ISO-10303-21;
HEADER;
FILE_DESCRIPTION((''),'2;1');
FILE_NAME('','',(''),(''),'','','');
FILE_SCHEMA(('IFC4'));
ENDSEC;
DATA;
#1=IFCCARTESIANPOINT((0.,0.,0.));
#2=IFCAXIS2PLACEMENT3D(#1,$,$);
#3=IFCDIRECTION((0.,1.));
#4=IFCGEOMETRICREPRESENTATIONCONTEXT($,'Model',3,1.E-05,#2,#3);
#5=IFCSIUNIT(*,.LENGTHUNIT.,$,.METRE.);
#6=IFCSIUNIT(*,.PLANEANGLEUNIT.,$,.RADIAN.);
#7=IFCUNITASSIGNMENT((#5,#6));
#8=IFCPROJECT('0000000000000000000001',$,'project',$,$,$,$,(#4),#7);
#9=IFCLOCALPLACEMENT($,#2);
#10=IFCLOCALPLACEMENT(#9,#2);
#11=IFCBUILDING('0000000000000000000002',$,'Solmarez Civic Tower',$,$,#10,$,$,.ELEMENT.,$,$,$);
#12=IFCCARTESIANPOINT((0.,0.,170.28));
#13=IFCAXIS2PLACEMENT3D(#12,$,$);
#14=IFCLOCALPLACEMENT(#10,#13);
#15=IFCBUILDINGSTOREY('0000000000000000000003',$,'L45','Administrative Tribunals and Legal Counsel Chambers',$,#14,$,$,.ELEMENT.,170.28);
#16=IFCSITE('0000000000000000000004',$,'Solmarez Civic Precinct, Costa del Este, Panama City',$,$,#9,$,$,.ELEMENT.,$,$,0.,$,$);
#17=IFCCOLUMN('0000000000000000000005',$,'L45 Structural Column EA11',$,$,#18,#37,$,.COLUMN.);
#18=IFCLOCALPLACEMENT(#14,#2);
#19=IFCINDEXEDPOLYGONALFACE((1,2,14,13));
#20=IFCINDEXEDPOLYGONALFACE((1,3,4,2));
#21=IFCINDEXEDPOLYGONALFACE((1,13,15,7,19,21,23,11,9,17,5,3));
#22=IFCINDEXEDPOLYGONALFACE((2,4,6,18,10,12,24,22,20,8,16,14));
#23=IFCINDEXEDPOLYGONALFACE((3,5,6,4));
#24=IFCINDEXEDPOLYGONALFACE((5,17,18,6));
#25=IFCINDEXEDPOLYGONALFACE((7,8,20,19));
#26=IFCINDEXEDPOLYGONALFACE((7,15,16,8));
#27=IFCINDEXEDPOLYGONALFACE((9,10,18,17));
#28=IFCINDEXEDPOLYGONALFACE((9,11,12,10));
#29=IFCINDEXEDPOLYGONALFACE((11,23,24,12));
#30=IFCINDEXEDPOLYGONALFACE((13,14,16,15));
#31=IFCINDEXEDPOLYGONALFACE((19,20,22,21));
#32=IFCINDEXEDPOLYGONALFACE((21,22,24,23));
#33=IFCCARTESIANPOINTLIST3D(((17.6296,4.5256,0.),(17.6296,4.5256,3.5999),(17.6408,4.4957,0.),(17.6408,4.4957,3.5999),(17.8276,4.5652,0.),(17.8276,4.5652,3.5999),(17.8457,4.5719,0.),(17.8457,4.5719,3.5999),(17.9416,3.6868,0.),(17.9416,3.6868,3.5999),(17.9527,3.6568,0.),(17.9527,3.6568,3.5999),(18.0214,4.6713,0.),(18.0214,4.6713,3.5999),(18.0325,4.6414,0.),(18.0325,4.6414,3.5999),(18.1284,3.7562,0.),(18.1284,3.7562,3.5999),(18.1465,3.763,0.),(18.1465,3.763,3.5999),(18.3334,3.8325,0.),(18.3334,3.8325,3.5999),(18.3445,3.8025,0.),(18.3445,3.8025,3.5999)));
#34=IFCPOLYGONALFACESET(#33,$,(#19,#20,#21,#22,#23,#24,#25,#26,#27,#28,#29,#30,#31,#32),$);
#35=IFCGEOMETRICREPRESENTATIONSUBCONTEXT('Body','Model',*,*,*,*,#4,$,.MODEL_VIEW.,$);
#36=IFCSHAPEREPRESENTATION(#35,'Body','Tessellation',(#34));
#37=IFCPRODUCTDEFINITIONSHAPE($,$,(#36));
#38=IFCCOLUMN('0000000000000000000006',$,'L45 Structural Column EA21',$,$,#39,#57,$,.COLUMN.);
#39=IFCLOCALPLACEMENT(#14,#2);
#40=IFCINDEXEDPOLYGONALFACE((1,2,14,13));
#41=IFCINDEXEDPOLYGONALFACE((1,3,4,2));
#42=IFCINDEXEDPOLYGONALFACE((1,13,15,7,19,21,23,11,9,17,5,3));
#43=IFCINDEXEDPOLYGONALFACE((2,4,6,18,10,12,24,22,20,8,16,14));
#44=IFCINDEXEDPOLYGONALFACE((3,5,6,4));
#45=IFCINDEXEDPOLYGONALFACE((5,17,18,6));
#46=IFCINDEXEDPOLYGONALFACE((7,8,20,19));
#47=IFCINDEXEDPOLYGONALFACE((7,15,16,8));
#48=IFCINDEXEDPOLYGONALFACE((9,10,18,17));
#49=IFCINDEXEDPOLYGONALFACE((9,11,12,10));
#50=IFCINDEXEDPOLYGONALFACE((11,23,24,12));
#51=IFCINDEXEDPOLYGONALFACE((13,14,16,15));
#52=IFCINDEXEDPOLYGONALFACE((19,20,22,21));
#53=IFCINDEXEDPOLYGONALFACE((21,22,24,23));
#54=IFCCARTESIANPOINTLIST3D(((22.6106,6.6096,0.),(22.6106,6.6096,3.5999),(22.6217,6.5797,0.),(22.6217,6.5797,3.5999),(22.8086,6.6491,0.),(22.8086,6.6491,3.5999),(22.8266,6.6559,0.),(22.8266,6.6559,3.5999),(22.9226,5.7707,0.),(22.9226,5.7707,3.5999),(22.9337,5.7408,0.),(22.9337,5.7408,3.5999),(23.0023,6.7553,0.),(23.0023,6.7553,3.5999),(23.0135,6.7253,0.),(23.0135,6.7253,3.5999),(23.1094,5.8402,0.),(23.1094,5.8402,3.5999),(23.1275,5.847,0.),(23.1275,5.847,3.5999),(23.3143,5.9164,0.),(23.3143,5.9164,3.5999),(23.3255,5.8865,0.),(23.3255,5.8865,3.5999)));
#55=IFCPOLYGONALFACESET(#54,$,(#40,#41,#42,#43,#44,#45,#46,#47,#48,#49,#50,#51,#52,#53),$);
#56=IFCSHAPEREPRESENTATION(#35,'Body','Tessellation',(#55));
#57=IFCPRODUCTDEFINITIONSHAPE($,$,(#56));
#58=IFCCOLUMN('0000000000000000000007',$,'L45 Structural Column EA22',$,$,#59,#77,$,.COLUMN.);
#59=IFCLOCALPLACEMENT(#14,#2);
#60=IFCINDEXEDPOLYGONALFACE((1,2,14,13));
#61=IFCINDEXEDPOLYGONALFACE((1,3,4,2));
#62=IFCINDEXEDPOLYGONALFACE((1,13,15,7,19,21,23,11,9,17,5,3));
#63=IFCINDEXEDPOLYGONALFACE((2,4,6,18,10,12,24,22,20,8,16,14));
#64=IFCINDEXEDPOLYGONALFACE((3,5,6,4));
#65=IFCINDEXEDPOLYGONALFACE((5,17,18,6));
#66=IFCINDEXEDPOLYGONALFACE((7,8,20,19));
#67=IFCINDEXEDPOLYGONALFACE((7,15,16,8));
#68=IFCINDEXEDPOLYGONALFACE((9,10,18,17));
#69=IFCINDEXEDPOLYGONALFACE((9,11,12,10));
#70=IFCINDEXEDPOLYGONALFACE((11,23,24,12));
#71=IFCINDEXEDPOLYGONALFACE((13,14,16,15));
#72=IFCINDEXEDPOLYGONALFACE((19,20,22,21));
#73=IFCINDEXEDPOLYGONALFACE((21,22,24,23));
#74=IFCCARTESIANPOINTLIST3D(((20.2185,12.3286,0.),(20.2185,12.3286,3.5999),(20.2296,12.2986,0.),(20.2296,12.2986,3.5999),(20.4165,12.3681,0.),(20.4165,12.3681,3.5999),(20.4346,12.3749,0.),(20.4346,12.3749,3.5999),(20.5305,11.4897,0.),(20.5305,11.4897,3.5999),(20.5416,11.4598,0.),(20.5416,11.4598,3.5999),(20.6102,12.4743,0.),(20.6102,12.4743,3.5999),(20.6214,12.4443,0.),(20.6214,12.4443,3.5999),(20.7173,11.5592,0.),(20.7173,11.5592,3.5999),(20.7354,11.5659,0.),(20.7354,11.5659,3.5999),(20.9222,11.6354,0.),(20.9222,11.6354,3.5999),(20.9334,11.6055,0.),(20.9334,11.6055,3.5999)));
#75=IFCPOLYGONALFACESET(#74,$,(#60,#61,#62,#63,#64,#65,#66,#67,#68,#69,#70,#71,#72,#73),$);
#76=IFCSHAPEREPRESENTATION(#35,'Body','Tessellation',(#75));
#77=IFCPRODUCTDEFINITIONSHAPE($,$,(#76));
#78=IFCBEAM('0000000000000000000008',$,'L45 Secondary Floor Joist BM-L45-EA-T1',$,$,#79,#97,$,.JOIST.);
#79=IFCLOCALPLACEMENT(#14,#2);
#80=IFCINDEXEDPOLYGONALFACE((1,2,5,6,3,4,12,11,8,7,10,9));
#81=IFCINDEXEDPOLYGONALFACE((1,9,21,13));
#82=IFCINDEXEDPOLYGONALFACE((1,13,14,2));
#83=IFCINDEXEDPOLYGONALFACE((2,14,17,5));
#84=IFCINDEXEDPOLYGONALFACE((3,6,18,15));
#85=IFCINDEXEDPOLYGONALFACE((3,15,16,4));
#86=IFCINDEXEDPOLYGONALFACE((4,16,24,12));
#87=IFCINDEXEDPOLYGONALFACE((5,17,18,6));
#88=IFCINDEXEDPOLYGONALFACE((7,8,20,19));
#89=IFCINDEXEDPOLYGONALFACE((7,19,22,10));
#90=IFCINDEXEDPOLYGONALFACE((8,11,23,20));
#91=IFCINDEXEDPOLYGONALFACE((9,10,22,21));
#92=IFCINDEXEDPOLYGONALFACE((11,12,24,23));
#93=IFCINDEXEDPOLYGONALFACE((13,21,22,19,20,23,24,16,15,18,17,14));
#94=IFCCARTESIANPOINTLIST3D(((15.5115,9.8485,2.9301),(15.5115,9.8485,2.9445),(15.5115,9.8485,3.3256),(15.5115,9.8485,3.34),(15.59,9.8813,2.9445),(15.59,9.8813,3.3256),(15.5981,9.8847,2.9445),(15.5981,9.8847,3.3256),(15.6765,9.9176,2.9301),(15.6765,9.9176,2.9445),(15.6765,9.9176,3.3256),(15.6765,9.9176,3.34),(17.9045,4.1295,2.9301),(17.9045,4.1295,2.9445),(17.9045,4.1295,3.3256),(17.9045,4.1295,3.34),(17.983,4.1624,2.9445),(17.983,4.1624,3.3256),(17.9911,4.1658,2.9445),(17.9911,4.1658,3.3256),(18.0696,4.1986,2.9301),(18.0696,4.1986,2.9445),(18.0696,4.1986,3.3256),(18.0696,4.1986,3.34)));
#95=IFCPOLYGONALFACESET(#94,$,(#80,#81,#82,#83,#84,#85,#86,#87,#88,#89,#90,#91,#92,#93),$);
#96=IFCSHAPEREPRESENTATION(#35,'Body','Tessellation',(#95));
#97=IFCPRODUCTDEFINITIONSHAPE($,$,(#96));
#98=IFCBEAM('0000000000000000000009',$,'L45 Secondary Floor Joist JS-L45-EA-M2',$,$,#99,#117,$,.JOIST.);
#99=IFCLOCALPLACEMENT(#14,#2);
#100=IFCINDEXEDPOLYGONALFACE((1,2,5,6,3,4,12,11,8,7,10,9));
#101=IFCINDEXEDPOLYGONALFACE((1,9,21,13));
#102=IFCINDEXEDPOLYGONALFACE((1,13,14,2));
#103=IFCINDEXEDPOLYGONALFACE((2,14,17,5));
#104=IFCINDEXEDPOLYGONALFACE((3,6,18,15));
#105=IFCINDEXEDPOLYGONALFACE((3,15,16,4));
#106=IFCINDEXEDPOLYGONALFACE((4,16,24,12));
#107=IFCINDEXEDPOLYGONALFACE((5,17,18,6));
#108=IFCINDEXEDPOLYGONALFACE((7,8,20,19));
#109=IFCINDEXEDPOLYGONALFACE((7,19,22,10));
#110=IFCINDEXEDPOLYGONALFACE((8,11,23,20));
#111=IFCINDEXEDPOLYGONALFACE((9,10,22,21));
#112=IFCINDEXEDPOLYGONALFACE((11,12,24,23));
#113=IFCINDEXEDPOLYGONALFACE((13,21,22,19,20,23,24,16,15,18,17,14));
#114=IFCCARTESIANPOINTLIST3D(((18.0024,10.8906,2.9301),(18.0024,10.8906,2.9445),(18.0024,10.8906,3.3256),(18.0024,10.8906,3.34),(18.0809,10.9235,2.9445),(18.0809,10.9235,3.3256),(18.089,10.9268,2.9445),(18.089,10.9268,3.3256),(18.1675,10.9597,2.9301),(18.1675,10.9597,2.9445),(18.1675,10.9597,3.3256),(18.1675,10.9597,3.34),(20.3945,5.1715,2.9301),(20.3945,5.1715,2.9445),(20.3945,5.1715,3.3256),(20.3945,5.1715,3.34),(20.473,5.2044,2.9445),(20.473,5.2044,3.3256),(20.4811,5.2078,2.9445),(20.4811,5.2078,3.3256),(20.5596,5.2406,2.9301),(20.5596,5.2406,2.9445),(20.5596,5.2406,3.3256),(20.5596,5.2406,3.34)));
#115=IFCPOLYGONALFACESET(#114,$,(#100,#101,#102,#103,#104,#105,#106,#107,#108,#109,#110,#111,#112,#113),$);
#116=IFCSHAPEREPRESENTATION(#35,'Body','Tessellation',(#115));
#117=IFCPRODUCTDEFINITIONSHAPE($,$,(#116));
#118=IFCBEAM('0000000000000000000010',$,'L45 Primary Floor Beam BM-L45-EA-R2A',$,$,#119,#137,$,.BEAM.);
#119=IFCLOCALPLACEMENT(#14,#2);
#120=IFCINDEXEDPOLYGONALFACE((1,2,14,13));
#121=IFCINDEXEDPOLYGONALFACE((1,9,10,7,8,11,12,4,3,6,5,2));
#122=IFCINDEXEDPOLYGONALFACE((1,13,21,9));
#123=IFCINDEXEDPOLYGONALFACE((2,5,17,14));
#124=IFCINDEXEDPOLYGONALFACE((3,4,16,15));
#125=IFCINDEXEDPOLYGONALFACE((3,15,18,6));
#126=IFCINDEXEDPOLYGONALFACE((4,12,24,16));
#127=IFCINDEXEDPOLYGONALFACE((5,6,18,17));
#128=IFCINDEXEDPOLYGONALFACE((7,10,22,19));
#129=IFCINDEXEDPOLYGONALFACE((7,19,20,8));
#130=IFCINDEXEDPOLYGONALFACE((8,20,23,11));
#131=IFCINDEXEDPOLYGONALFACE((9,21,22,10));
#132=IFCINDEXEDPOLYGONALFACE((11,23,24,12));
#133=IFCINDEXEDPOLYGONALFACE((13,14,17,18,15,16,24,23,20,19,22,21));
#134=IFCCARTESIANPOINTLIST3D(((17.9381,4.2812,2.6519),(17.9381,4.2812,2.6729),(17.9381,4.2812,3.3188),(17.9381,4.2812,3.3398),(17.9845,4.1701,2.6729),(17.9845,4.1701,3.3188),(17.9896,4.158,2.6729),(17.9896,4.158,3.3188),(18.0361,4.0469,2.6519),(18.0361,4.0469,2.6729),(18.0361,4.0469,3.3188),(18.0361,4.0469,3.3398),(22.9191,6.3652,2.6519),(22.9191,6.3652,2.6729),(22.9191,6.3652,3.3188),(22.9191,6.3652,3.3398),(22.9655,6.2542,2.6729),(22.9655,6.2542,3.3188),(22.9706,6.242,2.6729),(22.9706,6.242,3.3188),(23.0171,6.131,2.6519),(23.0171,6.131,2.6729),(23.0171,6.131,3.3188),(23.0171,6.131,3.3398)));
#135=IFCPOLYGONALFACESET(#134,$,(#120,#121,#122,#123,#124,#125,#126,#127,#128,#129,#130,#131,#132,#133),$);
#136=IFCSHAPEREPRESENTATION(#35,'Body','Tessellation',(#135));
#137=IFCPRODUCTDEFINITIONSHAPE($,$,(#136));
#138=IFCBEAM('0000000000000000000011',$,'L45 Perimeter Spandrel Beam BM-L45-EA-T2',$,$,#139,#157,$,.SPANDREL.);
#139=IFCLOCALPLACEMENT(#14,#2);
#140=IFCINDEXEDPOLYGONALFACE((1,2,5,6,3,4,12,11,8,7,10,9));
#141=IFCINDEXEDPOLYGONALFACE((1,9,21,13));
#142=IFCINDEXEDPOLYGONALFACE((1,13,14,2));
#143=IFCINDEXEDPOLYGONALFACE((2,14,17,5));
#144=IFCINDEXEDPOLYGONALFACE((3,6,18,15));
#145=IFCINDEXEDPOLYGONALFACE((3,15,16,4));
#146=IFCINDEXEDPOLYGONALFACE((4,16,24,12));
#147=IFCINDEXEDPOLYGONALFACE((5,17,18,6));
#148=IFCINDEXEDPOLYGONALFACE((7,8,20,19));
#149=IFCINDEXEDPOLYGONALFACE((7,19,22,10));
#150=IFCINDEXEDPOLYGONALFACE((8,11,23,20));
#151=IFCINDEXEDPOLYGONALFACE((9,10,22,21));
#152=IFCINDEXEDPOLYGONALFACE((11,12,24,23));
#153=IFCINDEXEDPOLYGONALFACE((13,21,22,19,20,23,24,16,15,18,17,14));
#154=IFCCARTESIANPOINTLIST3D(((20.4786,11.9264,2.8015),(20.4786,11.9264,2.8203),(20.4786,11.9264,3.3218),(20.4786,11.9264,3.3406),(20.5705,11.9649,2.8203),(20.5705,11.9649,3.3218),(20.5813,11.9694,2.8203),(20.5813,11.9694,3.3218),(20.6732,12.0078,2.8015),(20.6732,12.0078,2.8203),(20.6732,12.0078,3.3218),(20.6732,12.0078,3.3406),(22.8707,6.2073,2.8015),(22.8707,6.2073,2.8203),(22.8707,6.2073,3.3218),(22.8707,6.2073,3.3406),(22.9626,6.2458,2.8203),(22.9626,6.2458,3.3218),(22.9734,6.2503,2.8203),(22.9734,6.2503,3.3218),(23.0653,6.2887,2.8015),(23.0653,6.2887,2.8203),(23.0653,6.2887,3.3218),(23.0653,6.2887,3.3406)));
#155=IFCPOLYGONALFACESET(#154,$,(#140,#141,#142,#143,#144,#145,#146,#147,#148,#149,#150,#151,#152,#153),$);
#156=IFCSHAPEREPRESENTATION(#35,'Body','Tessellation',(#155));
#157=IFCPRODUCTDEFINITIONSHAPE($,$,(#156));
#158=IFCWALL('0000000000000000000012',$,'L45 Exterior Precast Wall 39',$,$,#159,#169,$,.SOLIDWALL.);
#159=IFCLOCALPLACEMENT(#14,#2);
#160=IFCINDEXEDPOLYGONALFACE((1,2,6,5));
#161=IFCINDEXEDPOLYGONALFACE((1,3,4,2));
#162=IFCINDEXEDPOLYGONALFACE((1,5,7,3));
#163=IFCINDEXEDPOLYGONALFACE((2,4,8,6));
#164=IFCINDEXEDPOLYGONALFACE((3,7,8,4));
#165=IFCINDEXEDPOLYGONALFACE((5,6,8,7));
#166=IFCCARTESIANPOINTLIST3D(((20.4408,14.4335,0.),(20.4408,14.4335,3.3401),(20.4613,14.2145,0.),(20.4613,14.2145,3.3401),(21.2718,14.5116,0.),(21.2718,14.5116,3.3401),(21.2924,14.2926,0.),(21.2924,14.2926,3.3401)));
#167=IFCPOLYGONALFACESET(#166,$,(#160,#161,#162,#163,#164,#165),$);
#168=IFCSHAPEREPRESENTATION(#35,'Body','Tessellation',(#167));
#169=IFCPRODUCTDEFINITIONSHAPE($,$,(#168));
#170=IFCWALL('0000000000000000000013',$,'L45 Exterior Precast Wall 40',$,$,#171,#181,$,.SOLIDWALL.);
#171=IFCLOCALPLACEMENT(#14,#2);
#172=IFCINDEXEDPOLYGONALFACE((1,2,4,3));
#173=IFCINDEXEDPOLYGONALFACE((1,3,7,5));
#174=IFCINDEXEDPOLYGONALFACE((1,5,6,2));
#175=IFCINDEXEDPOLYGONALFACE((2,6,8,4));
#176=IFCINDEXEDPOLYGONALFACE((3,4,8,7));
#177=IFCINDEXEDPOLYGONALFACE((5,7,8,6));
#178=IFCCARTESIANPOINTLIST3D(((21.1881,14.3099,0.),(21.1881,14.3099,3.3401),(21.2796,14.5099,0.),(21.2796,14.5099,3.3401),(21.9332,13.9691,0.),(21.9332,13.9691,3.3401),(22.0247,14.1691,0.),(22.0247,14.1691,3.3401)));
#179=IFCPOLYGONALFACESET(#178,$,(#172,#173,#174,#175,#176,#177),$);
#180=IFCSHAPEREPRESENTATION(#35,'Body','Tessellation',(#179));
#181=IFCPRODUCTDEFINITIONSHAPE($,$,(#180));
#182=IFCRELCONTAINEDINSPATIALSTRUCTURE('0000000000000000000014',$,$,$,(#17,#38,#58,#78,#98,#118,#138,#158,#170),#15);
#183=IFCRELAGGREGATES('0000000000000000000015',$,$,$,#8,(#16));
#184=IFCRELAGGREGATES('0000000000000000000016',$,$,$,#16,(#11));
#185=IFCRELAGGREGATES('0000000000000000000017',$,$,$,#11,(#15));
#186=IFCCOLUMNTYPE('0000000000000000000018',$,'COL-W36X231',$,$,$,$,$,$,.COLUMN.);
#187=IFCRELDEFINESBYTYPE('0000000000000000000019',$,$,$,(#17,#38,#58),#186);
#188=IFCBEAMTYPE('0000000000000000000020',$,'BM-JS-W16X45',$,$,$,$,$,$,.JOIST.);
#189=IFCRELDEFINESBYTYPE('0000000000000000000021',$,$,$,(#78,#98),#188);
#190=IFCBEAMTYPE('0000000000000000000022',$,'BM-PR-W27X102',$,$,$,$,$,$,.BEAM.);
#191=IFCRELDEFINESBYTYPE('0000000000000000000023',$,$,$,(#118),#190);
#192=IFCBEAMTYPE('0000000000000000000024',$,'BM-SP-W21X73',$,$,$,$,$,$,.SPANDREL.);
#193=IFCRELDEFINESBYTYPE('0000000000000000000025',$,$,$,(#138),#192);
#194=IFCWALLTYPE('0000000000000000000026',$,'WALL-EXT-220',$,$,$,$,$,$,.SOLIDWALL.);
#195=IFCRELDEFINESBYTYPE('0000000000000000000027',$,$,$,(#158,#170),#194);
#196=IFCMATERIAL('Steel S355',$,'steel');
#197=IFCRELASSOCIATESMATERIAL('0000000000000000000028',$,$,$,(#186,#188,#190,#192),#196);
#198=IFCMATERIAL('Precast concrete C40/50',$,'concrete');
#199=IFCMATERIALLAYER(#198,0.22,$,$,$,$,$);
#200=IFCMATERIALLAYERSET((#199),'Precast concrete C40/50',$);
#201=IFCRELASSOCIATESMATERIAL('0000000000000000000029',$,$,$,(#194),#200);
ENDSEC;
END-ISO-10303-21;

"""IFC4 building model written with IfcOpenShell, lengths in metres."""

from ifc_helpers import new_model, si_unit, direction, frame, frame_2d, origin, origin_2d, place, context, subcontext, project, spatial, rectangle, i_section, extrude, material, layer, layer_set, material_profile, profile_set, type_object, element, save


model = new_model("IFC4")

# Units and contexts
model_context = context("Model", 3, precision=1e-05, world=origin(), true_north=direction((0.0, 1.0)))
body_context = subcontext(model_context, "Body", "Model", "MODEL_VIEW")
ifc_project = project(units=[si_unit("LENGTHUNIT", "METRE"), si_unit("PLANEANGLEUNIT", "RADIAN")], contexts=[model_context])

# Site, building, storey
site_placement = place(None, origin())
site = spatial("IfcSite", under=ifc_project, at=site_placement, Name="Solmarez Civic Precinct, Costa del Este, Panama City", CompositionType="ELEMENT", RefElevation=0.0)
building_placement = place(site_placement, origin())
building = spatial("IfcBuilding", under=site, at=building_placement, Name="Solmarez Civic Tower", CompositionType="ELEMENT")
storey_placement = place(building_placement, frame((0.0, 0.0, 170.28)))
storey = spatial("IfcBuildingStorey", under=building, at=storey_placement, Name="L45", Description="Administrative Tribunals and Legal Counsel Chambers", CompositionType="ELEMENT", Elevation=170.28)

# Columns
ifc_material_1 = material(Name="Steel S355", Category="steel")
ifc_material_profile_1 = material_profile(ifc_material_1, i_section(OverallWidth=0.418, OverallDepth=0.927, WebThickness=0.0193, FlangeThickness=0.032, at=origin_2d()), Name="W36X231")
ifc_profile_set_1 = profile_set([ifc_material_profile_1], Name="Steel S355")
column_type = type_object("IfcColumnType", Name="COL-W36X231", PredefinedType="COLUMN", material=ifc_profile_set_1)
for number, where, z_axis, x_axis, name in (
    (1, (17.9871, 4.1641, 0.0), (0.0, 0.0, 1.0), (0.937282, 0.348572, 0.0), "L45 Structural Column EA11"),
    (2, (22.968, 6.248, 0.0), (0.0, 0.0, 1.0), (0.937282, 0.348572, 0.0), "L45 Structural Column EA21"),
    (3, (20.5759, 11.967, 0.0), (0.0, 0.0, 1.0), (0.937282, 0.348572, 0.0), "L45 Structural Column EA22"),
):
    element("IfcColumn", number, at=place(storey_placement, frame(where, z_axis=z_axis, x_axis=x_axis)), inside=storey, type_object=column_type, Name=name, PredefinedType="COLUMN", context=body_context, shape_type="SweptSolid", body=[
        extrude(i_section(OverallWidth=0.418, OverallDepth=0.927, WebThickness=0.0193, FlangeThickness=0.032, at=origin_2d()), origin(), (0.0, 0.0, 1.0), 3.5999),
    ])

# Beams
ifc_material_profile_2 = material_profile(ifc_material_1, i_section(OverallWidth=0.179, OverallDepth=0.4099, WebThickness=0.0088, FlangeThickness=0.0144, at=origin_2d()), Name="W16X45")
ifc_profile_set_2 = profile_set([ifc_material_profile_2], Name="Steel S355")
beam_type_1 = type_object("IfcBeamType", Name="BM-JS-W16X45", PredefinedType="JOIST", material=ifc_profile_set_2)
beam_1_placement = place(storey_placement, frame((17.9871, 4.1641, 3.135), z_axis=(-0.38601, 0.922494, 0.0), x_axis=(-0.922494, -0.38601, 0.0)))
element("IfcBeam", 4, at=beam_1_placement, inside=storey, type_object=beam_type_1, Name="L45 Secondary Floor Joist BM-L45-EA-T1", PredefinedType="JOIST", context=body_context, shape_type="SweptSolid", body=[
    extrude(i_section(OverallWidth=0.179, OverallDepth=0.4099, WebThickness=0.0088, FlangeThickness=0.0144, at=origin_2d()), origin(), (0.0, 0.0, 1.0), 6.1995),
])
beam_2_placement = place(storey_placement, frame((20.4771, 5.2061, 3.135), z_axis=(-0.385876, 0.922551, 0.0), x_axis=(-0.922551, -0.385876, 0.0)))
element("IfcBeam", 5, at=beam_2_placement, inside=storey, type_object=beam_type_1, Name="L45 Secondary Floor Joist JS-L45-EA-M2", PredefinedType="JOIST", context=body_context, shape_type="SweptSolid", body=[
    extrude(i_section(OverallWidth=0.179, OverallDepth=0.4099, WebThickness=0.0088, FlangeThickness=0.0144, at=origin_2d()), origin(), (0.0, 0.0, 1.0), 6.1992),
])
ifc_material_profile_3 = material_profile(ifc_material_1, i_section(OverallWidth=0.2539, OverallDepth=0.688, WebThickness=0.0132, FlangeThickness=0.021, at=origin_2d()), Name="W27X102")
ifc_profile_set_3 = profile_set([ifc_material_profile_3], Name="Steel S355")
beam_type_2 = type_object("IfcBeamType", Name="BM-PR-W27X102", PredefinedType="BEAM", material=ifc_profile_set_3)
beam_3_placement = place(storey_placement, frame((17.9871, 4.1641, 2.9958), z_axis=(0.922511, 0.38597, 0.0), x_axis=(-0.38597, 0.922511, 0.0)))
element("IfcBeam", 6, at=beam_3_placement, inside=storey, type_object=beam_type_2, Name="L45 Primary Floor Beam BM-L45-EA-R2A", PredefinedType="BEAM", context=body_context, shape_type="SweptSolid", body=[
    extrude(i_section(OverallWidth=0.2539, OverallDepth=0.688, WebThickness=0.0132, FlangeThickness=0.021, at=origin_2d()), origin(), (0.0, 0.0, 1.0), 5.3994),
])
ifc_material_profile_4 = material_profile(ifc_material_1, i_section(OverallWidth=0.2109, OverallDepth=0.5391, WebThickness=0.0117, FlangeThickness=0.0188, at=origin_2d()), Name="W21X73")
ifc_profile_set_4 = profile_set([ifc_material_profile_4], Name="Steel S355")
beam_type_3 = type_object("IfcBeamType", Name="BM-SP-W21X73", PredefinedType="SPANDREL", material=ifc_profile_set_4)
beam_4_placement = place(storey_placement, frame((22.968, 6.248, 3.071), z_axis=(-0.385876, 0.922551, 0.0), x_axis=(-0.922551, -0.385876, 0.0)))
element("IfcBeam", 7, at=beam_4_placement, inside=storey, type_object=beam_type_3, Name="L45 Perimeter Spandrel Beam BM-L45-EA-T2", PredefinedType="SPANDREL", context=body_context, shape_type="SweptSolid", body=[
    extrude(i_section(OverallWidth=0.2109, OverallDepth=0.5391, WebThickness=0.0117, FlangeThickness=0.0188, at=origin_2d()), origin(), (0.0, 0.0, 1.0), 6.1992),
])

# Walls
ifc_material_2 = material(Name="Precast concrete C40/50", Category="concrete")
ifc_layer_1 = layer(ifc_material_2, 0.22)
ifc_layer_set_1 = layer_set([ifc_layer_1], Name="Precast concrete C40/50")
wall_type_1 = type_object("IfcWallType", Name="WALL-EXT-220", PredefinedType="SOLIDWALL", material=ifc_layer_set_1)
wall_1_placement = place(storey_placement, frame((20.4509, 14.324, 0.0), z_axis=(0.0, 0.0, 1.0), x_axis=(0.99561, 0.093594, 0.0)))
element("IfcWall", 8, at=wall_1_placement, inside=storey, type_object=wall_type_1, Name="L45 Exterior Precast Wall 39", PredefinedType="SOLIDWALL", context=body_context, shape_type="SweptSolid", body=[
    extrude(rectangle(XDim=0.8347, YDim=0.22, at=frame_2d((0.4175, 0.0))), origin(), (0.0, 0.0, 1.0), 3.3401),
])
wall_2_placement = place(storey_placement, frame((21.2339, 14.4099, 0.0), z_axis=(0.0, 0.0, 1.0), x_axis=(0.909384, -0.415957, 0.0)))
element("IfcWall", 9, at=wall_2_placement, inside=storey, type_object=wall_type_1, Name="L45 Exterior Precast Wall 40", PredefinedType="SOLIDWALL", context=body_context, shape_type="SweptSolid", body=[
    extrude(rectangle(XDim=0.8193, YDim=0.22, at=frame_2d((0.4097, 0.0))), origin(), (0.0, 0.0, 1.0), 3.3401),
])

save(model, "model.ifc")
